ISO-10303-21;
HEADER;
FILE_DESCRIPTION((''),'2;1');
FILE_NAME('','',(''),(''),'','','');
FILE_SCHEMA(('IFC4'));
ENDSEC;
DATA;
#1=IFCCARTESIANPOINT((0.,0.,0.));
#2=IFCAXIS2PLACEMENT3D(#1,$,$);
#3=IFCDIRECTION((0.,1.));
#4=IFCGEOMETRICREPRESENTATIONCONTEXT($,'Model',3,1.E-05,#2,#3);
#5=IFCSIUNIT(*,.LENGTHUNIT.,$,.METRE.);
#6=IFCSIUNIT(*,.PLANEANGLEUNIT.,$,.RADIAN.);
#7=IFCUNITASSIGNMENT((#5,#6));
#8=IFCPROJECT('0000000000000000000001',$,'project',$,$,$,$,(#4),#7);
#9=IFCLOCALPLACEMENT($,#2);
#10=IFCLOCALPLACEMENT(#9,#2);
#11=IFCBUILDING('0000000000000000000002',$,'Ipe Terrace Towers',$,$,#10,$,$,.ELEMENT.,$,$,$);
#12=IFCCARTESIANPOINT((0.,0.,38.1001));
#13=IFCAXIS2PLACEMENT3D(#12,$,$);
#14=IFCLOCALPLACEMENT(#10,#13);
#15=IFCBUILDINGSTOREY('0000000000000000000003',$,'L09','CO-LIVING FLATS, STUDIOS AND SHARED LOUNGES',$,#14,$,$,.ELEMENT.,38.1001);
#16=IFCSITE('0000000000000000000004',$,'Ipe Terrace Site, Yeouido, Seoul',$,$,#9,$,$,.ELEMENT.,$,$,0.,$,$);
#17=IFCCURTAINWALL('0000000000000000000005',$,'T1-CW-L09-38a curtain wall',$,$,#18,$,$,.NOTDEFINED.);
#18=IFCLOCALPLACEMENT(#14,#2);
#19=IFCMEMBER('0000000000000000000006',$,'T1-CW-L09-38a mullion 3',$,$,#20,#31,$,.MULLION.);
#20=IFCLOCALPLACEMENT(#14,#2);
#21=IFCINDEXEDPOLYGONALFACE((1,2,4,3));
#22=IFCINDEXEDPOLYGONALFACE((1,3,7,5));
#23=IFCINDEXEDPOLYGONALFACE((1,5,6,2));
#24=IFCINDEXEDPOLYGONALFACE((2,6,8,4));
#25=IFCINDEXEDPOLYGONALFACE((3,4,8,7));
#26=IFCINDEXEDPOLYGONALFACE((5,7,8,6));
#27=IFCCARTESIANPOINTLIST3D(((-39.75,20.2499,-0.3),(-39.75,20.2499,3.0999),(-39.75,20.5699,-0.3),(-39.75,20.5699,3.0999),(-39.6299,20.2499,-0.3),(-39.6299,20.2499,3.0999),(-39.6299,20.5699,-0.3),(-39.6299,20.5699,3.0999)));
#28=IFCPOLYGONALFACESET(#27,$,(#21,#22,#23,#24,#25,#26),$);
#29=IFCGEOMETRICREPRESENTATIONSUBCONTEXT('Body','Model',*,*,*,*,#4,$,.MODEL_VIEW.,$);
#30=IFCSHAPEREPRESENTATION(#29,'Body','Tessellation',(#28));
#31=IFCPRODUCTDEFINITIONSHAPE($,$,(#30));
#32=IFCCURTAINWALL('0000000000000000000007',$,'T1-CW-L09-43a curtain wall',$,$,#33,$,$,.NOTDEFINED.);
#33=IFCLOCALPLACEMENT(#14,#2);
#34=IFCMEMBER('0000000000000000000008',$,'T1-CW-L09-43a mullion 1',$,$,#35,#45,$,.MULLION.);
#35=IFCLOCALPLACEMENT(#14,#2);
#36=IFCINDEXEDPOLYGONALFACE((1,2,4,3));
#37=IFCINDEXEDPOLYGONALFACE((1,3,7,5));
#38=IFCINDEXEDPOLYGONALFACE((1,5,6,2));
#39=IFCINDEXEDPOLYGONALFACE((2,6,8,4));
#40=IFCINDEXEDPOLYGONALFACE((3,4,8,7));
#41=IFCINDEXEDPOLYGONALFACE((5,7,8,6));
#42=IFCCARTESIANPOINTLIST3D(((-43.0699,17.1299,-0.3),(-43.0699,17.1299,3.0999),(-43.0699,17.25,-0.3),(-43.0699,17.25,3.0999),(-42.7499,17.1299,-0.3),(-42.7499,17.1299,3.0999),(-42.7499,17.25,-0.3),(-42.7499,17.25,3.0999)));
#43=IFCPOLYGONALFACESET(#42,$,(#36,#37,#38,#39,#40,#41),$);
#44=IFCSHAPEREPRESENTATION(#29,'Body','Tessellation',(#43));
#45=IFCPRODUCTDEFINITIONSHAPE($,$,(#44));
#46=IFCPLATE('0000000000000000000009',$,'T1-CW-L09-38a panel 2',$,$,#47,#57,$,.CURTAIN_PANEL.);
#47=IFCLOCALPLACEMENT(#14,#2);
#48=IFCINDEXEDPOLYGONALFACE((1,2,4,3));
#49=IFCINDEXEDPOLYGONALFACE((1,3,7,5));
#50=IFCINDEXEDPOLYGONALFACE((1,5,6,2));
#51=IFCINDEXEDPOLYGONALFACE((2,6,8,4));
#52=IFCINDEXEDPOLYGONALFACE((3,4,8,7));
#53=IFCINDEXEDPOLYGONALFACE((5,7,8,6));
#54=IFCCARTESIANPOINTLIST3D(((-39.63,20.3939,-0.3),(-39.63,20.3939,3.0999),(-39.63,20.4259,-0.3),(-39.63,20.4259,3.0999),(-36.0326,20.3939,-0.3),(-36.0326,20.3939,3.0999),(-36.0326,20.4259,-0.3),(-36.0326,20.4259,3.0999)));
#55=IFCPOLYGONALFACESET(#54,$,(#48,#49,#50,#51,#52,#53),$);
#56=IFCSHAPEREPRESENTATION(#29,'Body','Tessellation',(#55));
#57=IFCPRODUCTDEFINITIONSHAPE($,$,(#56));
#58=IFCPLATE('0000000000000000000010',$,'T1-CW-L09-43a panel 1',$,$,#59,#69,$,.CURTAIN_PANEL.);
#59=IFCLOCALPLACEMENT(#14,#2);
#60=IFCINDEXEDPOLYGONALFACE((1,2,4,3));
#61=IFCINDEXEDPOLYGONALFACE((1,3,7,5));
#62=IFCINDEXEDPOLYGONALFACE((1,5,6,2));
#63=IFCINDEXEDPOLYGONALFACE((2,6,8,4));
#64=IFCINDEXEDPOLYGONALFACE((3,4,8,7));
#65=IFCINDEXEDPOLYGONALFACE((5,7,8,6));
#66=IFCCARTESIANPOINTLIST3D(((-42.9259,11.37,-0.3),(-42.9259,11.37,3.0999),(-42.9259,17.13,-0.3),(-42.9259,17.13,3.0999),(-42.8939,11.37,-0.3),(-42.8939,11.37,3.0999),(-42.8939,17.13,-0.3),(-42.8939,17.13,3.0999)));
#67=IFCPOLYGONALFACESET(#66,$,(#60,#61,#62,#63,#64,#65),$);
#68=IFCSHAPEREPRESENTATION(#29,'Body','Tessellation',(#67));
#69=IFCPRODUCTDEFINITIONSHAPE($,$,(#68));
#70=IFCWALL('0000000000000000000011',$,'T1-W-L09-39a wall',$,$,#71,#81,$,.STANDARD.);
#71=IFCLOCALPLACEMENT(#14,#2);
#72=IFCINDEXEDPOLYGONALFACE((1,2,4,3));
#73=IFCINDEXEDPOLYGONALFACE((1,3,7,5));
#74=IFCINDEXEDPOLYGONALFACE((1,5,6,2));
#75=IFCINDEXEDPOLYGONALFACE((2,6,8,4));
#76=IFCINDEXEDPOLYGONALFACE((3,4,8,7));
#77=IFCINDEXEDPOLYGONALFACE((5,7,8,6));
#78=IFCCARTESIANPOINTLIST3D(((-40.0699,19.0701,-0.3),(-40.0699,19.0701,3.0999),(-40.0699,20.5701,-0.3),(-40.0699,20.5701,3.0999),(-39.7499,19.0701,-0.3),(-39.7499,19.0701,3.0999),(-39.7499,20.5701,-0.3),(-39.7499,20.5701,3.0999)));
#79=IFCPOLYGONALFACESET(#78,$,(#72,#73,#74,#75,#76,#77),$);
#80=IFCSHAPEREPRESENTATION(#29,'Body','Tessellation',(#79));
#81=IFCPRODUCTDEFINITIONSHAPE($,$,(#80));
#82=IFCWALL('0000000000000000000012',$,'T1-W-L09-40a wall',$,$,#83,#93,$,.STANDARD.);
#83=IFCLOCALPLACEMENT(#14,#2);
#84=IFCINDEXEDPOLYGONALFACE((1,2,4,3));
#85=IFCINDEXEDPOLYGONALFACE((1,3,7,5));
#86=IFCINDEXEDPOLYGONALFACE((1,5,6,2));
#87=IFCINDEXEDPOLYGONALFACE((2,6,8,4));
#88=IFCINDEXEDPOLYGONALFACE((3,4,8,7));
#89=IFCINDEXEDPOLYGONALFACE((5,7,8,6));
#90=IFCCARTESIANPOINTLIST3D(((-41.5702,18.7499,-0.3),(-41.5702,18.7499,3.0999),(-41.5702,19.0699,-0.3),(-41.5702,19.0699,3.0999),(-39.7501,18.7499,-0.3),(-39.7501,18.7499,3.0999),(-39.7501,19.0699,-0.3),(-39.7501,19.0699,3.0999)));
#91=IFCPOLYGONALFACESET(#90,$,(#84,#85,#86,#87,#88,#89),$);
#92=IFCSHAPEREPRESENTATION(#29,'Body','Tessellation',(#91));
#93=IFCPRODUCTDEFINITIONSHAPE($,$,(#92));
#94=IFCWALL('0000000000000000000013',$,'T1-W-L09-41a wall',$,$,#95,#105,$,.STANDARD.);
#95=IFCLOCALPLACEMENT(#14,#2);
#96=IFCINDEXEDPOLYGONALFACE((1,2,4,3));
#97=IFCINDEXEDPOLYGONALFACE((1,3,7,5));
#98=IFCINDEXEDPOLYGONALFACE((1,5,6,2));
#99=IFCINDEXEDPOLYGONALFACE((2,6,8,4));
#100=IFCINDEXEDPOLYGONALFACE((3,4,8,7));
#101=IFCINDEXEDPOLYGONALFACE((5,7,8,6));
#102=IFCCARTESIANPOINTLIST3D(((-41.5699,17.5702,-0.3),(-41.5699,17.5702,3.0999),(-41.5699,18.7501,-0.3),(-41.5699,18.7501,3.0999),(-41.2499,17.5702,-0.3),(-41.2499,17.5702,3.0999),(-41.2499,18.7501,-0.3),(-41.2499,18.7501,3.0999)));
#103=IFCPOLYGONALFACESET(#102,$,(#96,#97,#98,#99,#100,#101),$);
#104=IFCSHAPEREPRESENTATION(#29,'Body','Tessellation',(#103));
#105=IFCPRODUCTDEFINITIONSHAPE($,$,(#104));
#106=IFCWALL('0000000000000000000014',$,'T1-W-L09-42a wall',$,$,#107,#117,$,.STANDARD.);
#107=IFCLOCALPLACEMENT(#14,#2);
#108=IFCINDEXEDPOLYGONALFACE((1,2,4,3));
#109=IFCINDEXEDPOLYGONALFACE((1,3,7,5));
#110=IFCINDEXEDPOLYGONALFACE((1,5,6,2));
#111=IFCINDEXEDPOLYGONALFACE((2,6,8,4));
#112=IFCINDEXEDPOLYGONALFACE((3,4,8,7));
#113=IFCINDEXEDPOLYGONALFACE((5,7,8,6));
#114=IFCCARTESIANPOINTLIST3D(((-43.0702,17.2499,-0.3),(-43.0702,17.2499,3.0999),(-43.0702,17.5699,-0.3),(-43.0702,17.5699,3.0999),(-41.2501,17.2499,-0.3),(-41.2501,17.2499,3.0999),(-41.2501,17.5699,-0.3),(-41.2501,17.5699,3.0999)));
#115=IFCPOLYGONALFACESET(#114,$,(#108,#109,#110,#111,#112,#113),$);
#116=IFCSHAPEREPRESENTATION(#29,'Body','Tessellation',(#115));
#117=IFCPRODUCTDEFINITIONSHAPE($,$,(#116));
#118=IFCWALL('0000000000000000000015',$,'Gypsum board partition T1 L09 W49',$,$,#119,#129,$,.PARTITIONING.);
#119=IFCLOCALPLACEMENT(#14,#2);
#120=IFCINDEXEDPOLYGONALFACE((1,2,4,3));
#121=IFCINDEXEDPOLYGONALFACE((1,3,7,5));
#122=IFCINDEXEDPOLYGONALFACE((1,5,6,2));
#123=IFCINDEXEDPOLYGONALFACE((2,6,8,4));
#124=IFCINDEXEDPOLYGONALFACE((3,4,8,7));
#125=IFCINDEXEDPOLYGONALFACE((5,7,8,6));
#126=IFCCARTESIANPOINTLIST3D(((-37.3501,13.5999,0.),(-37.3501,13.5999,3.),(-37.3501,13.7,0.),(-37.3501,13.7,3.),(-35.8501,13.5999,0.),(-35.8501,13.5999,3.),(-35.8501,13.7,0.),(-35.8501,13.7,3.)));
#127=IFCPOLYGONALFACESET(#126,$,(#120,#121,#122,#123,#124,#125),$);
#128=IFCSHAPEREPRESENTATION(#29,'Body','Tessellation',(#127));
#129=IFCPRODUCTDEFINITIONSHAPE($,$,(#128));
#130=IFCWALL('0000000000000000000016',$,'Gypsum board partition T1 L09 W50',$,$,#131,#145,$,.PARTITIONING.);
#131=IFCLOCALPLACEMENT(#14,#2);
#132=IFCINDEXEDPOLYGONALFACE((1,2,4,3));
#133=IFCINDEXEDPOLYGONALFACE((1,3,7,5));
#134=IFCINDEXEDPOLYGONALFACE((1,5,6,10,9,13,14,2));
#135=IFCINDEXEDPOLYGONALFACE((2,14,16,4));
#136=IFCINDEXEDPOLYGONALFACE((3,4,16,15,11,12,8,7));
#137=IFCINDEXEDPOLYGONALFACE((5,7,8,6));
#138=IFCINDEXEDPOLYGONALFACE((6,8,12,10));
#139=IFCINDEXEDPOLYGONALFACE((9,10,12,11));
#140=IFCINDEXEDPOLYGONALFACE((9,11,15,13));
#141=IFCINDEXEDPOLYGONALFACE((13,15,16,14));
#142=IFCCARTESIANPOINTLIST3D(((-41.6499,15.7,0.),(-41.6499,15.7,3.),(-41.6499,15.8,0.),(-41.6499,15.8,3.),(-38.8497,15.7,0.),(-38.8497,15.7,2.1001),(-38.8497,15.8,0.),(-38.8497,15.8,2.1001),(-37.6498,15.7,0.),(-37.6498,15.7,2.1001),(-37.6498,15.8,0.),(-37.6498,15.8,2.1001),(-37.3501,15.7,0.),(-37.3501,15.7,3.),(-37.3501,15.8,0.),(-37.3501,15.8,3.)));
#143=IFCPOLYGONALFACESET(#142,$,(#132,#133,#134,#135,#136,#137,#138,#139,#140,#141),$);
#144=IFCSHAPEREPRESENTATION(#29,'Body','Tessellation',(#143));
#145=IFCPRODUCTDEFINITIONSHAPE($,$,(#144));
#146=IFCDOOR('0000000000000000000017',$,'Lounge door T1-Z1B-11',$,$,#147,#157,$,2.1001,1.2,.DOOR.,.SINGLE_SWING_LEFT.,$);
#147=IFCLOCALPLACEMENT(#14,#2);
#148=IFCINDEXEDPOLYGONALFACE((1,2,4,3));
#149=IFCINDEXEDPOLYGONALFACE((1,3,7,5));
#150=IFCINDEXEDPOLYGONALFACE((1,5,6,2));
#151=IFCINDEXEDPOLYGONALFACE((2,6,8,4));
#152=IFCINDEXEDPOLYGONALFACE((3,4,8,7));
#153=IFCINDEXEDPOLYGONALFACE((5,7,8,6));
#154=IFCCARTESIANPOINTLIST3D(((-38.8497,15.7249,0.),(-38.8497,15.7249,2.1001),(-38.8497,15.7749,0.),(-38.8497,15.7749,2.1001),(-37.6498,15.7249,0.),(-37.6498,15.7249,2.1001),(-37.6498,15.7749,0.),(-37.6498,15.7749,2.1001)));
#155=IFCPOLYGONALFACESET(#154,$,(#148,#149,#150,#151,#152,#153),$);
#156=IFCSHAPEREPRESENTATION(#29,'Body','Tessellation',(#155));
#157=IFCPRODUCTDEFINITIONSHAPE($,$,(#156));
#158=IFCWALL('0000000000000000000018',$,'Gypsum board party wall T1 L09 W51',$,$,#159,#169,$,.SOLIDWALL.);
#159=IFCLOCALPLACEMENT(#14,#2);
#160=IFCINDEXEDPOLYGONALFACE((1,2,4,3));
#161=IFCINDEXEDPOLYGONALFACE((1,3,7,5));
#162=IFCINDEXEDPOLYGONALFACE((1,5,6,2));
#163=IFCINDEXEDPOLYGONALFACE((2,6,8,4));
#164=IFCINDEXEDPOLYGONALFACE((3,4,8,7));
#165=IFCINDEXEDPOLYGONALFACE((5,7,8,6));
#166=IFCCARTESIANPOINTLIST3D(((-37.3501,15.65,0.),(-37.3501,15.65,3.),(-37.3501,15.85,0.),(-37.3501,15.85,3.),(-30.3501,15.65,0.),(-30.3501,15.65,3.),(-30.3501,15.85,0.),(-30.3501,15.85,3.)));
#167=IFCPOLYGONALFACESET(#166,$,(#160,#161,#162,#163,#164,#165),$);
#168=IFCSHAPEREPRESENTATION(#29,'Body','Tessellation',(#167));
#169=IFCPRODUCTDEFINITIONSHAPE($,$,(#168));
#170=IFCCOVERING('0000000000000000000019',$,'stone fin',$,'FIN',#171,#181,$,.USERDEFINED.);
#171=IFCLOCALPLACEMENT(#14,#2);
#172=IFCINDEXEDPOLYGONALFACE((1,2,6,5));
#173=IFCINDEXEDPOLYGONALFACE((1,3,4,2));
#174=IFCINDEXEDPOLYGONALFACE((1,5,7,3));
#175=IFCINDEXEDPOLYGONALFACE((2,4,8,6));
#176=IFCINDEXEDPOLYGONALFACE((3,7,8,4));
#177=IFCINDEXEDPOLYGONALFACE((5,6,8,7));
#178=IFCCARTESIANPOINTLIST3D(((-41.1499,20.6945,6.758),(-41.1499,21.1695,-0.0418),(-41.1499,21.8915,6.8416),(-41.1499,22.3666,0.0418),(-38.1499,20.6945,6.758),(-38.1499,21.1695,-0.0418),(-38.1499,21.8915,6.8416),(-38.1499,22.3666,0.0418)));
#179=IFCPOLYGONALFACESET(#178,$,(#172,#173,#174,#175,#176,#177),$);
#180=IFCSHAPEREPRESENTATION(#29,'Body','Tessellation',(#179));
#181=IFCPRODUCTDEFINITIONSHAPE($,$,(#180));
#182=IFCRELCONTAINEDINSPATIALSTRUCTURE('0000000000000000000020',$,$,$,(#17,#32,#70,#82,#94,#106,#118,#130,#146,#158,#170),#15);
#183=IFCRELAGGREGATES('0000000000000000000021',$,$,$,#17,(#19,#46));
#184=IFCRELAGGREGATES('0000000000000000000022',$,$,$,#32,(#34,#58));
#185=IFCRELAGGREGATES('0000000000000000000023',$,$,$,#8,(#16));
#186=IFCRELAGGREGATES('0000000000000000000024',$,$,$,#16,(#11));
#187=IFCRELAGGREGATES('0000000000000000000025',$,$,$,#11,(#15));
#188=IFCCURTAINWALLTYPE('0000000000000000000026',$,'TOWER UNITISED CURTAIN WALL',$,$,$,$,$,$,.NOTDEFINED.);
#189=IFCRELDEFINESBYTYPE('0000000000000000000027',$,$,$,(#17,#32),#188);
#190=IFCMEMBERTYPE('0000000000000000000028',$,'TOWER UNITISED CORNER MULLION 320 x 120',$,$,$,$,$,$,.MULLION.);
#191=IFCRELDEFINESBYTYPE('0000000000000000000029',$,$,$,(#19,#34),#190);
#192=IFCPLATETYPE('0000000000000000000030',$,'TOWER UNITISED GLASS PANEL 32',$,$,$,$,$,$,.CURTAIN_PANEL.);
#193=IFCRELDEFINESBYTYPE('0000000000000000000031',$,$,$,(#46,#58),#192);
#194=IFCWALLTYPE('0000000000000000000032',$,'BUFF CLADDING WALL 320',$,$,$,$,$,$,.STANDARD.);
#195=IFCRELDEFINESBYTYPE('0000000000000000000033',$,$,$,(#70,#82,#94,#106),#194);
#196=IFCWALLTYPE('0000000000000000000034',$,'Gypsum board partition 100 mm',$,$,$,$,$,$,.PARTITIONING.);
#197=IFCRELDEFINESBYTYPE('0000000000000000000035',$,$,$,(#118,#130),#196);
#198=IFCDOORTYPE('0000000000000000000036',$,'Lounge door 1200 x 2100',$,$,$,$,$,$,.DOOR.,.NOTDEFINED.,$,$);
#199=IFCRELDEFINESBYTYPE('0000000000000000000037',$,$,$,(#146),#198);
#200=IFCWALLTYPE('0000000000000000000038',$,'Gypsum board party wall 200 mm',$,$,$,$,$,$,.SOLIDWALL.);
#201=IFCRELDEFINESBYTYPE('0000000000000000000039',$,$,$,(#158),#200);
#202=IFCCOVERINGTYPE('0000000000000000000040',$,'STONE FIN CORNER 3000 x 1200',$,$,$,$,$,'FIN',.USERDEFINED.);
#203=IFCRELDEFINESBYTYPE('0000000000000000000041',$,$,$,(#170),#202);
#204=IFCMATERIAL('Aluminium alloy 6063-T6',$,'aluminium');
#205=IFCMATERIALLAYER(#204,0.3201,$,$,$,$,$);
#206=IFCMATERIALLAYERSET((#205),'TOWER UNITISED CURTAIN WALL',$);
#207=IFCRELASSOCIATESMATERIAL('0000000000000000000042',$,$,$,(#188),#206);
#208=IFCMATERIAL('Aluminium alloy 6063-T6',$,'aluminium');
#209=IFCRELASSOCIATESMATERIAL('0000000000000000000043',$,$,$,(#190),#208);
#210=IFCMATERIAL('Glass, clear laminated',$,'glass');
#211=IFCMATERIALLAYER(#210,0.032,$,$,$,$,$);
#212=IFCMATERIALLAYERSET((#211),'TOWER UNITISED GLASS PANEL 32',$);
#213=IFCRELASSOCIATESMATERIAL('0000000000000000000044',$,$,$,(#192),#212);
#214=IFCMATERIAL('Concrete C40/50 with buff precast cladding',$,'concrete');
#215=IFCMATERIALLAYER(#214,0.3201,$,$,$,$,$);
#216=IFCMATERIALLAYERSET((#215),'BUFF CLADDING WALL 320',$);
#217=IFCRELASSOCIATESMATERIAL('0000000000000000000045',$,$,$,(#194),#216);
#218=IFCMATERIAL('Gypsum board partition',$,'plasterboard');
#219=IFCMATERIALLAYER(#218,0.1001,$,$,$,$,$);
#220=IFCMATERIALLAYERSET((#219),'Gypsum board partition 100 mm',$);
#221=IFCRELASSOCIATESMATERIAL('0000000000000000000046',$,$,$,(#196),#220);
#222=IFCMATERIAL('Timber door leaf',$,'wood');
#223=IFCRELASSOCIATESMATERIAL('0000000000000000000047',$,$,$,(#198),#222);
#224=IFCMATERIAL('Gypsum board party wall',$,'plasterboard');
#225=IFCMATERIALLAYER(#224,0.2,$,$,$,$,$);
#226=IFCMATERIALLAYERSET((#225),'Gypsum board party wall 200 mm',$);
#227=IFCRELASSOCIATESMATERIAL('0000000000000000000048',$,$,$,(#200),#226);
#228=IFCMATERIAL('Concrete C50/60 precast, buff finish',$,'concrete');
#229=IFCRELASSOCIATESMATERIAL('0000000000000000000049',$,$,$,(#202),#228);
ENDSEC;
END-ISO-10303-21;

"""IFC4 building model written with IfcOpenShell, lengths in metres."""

from ifc_helpers import new_model, si_unit, direction, frame, frame_2d, origin, origin_2d, place, context, subcontext, project, spatial, rectangle, extrude, material, layer, layer_set, material_profile, profile_set, type_object, element, fill, aggregate, save


model = new_model("IFC4")

# Units and contexts
model_context = context("Model", 3, precision=1e-05, world=origin(), true_north=direction((0.0, 1.0)))
body_context = subcontext(model_context, "Body", "Model", "MODEL_VIEW")
ifc_project = project(units=[si_unit("LENGTHUNIT", "METRE"), si_unit("PLANEANGLEUNIT", "RADIAN")], contexts=[model_context])

# Site, building, storey
site_placement = place(None, origin())
site = spatial("IfcSite", under=ifc_project, at=site_placement, Name="Ipe Terrace Site, Yeouido, Seoul", CompositionType="ELEMENT", RefElevation=0.0)
building_placement = place(site_placement, origin())
building = spatial("IfcBuilding", under=site, at=building_placement, Name="Ipe Terrace Towers", CompositionType="ELEMENT")
storey_placement = place(building_placement, frame((0.0, 0.0, 38.1001)))
storey = spatial("IfcBuildingStorey", under=building, at=storey_placement, Name="L09", Description="CO-LIVING FLATS, STUDIOS AND SHARED LOUNGES", CompositionType="ELEMENT", Elevation=38.1001)

# Curtain walls, members
ifc_material_1 = material(Name="Aluminium alloy 6063-T6", Category="aluminium")
ifc_layer_1 = layer(ifc_material_1, 0.3201)
ifc_layer_set_1 = layer_set([ifc_layer_1], Name="TOWER UNITISED CURTAIN WALL")
curtain_wall_type = type_object("IfcCurtainWallType", Name="TOWER UNITISED CURTAIN WALL", PredefinedType="NOTDEFINED", material=ifc_layer_set_1)
curtain_wall_1_placement = place(storey_placement, origin())
curtain_wall_1 = element("IfcCurtainWall", 1, at=curtain_wall_1_placement, inside=storey, type_object=curtain_wall_type, Name="T1-CW-L09-38a curtain wall", PredefinedType="NOTDEFINED")
ifc_material_2 = material(Name="Aluminium alloy 6063-T6", Category="aluminium")
ifc_material_profile_1 = material_profile(ifc_material_2, rectangle(XDim=0.3201, YDim=0.1201, at=origin_2d()), Name="TOWER UNITISED CORNER MULLION 320 x 120")
ifc_profile_set_1 = profile_set([ifc_material_profile_1], Name="Aluminium alloy 6063-T6")
member_type = type_object("IfcMemberType", Name="TOWER UNITISED CORNER MULLION 320 x 120", PredefinedType="MULLION", material=ifc_profile_set_1)
member_1_placement = place(storey_placement, frame((-39.6899, 20.4099, -0.3), z_axis=(0.0, 0.0, 1.0), x_axis=(0.0, 1.0, 0.0)))
member_1 = element("IfcMember", 2, at=member_1_placement, type_object=member_type, Name="T1-CW-L09-38a mullion 3", PredefinedType="MULLION", context=body_context, shape_type="SweptSolid", body=[
    extrude(rectangle(XDim=0.3201, YDim=0.1201, at=origin_2d()), origin(), (0.0, 0.0, 1.0), 3.3999),
])
curtain_wall_2_placement = place(storey_placement, origin())
curtain_wall_2 = element("IfcCurtainWall", 3, at=curtain_wall_2_placement, inside=storey, type_object=curtain_wall_type, Name="T1-CW-L09-43a curtain wall", PredefinedType="NOTDEFINED")
member_2_placement = place(storey_placement, frame((-42.9099, 17.1899, -0.3), z_axis=(0.0, 0.0, 1.0), x_axis=(-1.0, 0.0, 0.0)))
member_2 = element("IfcMember", 4, at=member_2_placement, type_object=member_type, Name="T1-CW-L09-43a mullion 1", PredefinedType="MULLION", context=body_context, shape_type="SweptSolid", body=[
    extrude(rectangle(XDim=0.3201, YDim=0.1201, at=origin_2d()), origin(), (0.0, 0.0, 1.0), 3.3999),
])

# Plates
ifc_material_3 = material(Name="Glass, clear laminated", Category="glass")
ifc_layer_2 = layer(ifc_material_3, 0.032)
ifc_layer_set_2 = layer_set([ifc_layer_2], Name="TOWER UNITISED GLASS PANEL 32")
plate_type = type_object("IfcPlateType", Name="TOWER UNITISED GLASS PANEL 32", PredefinedType="CURTAIN_PANEL", material=ifc_layer_set_2)
plate_1_placement = place(storey_placement, frame((-37.8313, 20.4099, -0.3), z_axis=(0.0, 0.0, 1.0), x_axis=(-1.0, 0.0, 0.0)))
plate_1 = element("IfcPlate", 5, at=plate_1_placement, type_object=plate_type, Name="T1-CW-L09-38a panel 2", PredefinedType="CURTAIN_PANEL", context=body_context, shape_type="SweptSolid", body=[
    extrude(rectangle(XDim=3.5974, YDim=0.032, at=origin_2d()), origin(), (0.0, 0.0, 1.0), 3.3999),
])
aggregate(curtain_wall_1, [member_1, plate_1])
plate_2_placement = place(storey_placement, frame((-42.9099, 14.25, -0.3), z_axis=(0.0, 0.0, 1.0), x_axis=(0.0, -1.0, 0.0)))
plate_2 = element("IfcPlate", 6, at=plate_2_placement, type_object=plate_type, Name="T1-CW-L09-43a panel 1", PredefinedType="CURTAIN_PANEL", context=body_context, shape_type="SweptSolid", body=[
    extrude(rectangle(XDim=5.76, YDim=0.032, at=origin_2d()), origin(), (0.0, 0.0, 1.0), 3.3999),
])
aggregate(curtain_wall_2, [member_2, plate_2])

# Walls
ifc_material_4 = material(Name="Concrete C40/50 with buff precast cladding", Category="concrete")
ifc_layer_3 = layer(ifc_material_4, 0.3201)
ifc_layer_set_3 = layer_set([ifc_layer_3], Name="BUFF CLADDING WALL 320")
wall_type_1 = type_object("IfcWallType", Name="BUFF CLADDING WALL 320", PredefinedType="STANDARD", material=ifc_layer_set_3)
wall_1_placement = place(storey_placement, frame((-39.9099, 20.5701, -0.3), z_axis=(0.0, 0.0, 1.0), x_axis=(0.0, -1.0, 0.0)))
element("IfcWall", 7, at=wall_1_placement, inside=storey, type_object=wall_type_1, Name="T1-W-L09-39a wall", PredefinedType="STANDARD", context=body_context, shape_type="SweptSolid", body=[
    extrude(rectangle(XDim=1.5, YDim=0.3201, at=frame_2d((0.75, 0.0))), origin(), (0.0, 0.0, 1.0), 3.3999),
])
wall_2_placement = place(storey_placement, frame((-39.75, 18.9099, -0.3), z_axis=(0.0, 0.0, 1.0), x_axis=(-1.0, 0.0, 0.0)))
element("IfcWall", 8, at=wall_2_placement, inside=storey, type_object=wall_type_1, Name="T1-W-L09-40a wall", PredefinedType="STANDARD", context=body_context, shape_type="SweptSolid", body=[
    extrude(rectangle(XDim=1.8201, YDim=0.3201, at=frame_2d((0.9102, 0.0))), origin(), (0.0, 0.0, 1.0), 3.3999),
])
wall_3_placement = place(storey_placement, frame((-41.4099, 18.75, -0.3), z_axis=(0.0, 0.0, 1.0), x_axis=(0.0, -1.0, 0.0)))
element("IfcWall", 9, at=wall_3_placement, inside=storey, type_object=wall_type_1, Name="T1-W-L09-41a wall", PredefinedType="STANDARD", context=body_context, shape_type="SweptSolid", body=[
    extrude(rectangle(XDim=1.1799, YDim=0.3201, at=frame_2d((0.5898, 0.0))), origin(), (0.0, 0.0, 1.0), 3.3999),
])
wall_4_placement = place(storey_placement, frame((-41.25, 17.4099, -0.3), z_axis=(0.0, 0.0, 1.0), x_axis=(-1.0, 0.0, 0.0)))
element("IfcWall", 10, at=wall_4_placement, inside=storey, type_object=wall_type_1, Name="T1-W-L09-42a wall", PredefinedType="STANDARD", context=body_context, shape_type="SweptSolid", body=[
    extrude(rectangle(XDim=1.8201, YDim=0.3201, at=frame_2d((0.9102, 0.0))), origin(), (0.0, 0.0, 1.0), 3.3999),
])
ifc_material_5 = material(Name="Gypsum board partition", Category="plasterboard")
ifc_layer_4 = layer(ifc_material_5, 0.1001)
ifc_layer_set_4 = layer_set([ifc_layer_4], Name="Gypsum board partition 100 mm")
wall_type_2 = type_object("IfcWallType", Name="Gypsum board partition 100 mm", PredefinedType="PARTITIONING", material=ifc_layer_set_4)
wall_5_placement = place(storey_placement, frame((-37.3501, 13.6499, 0.0), z_axis=(0.0, 0.0, 1.0), x_axis=(1.0, 0.0, 0.0)))
element("IfcWall", 11, at=wall_5_placement, inside=storey, type_object=wall_type_2, Name="Gypsum board partition T1 L09 W49", PredefinedType="PARTITIONING", context=body_context, shape_type="SweptSolid", body=[
    extrude(rectangle(XDim=1.5, YDim=0.1001, at=frame_2d((0.75, 0.0))), origin(), (0.0, 0.0, 1.0), 3.0),
])

# Wall, opening, door
wall_6_placement = place(storey_placement, frame((-41.6499, 15.75, 0.0), z_axis=(0.0, 0.0, 1.0), x_axis=(1.0, 0.0, 0.0)))
wall_6 = element("IfcWall", 12, at=wall_6_placement, inside=storey, type_object=wall_type_2, Name="Gypsum board partition T1 L09 W50", PredefinedType="PARTITIONING", context=body_context, shape_type="SweptSolid", body=[
    extrude(rectangle(XDim=4.2998, YDim=0.1001, at=frame_2d((2.1499, 0.0))), origin(), (0.0, 0.0, 1.0), 3.0),
])
opening_placement = place(wall_6_placement, frame((2.8, 0.0, 0.0)))
opening = element("IfcOpeningElement", 13, at=opening_placement, cuts=wall_6, PredefinedType="OPENING", context=body_context, shape_type="SweptSolid", body=[
    extrude(rectangle(XDim=1.2, YDim=2.1001, at=frame_2d((0.6001, 1.05))), frame((0.0, 0.0601, 0.0), z_axis=(0.0, -1.0, 0.0), x_axis=(1.0, 0.0, 0.0)), (0.0, 0.0, 1.0), 0.1201),
])
ifc_material_6 = material(Name="Timber door leaf", Category="wood")
door_type = type_object("IfcDoorType", Name="Lounge door 1200 x 2100", OperationType="NOTDEFINED", PredefinedType="DOOR", material=ifc_material_6)
door_placement = place(opening_placement, origin())
door = element("IfcDoor", 14, at=door_placement, inside=storey, type_object=door_type, Name="Lounge door T1-Z1B-11", OperationType="SINGLE_SWING_LEFT", OverallHeight=2.1001, OverallWidth=1.2, PredefinedType="DOOR", context=body_context, shape_type="SweptSolid", body=[
    extrude(rectangle(XDim=1.2, YDim=2.1001, at=frame_2d((0.6001, 1.05))), frame((0.0, 0.0249, 0.0), z_axis=(0.0, -1.0, 0.0), x_axis=(1.0, 0.0, 0.0)), (0.0, 0.0, 1.0), 0.05),
])
fill(opening, door)

# Wall
ifc_material_7 = material(Name="Gypsum board party wall", Category="plasterboard")
ifc_layer_5 = layer(ifc_material_7, 0.2)
ifc_layer_set_5 = layer_set([ifc_layer_5], Name="Gypsum board party wall 200 mm")
wall_type_3 = type_object("IfcWallType", Name="Gypsum board party wall 200 mm", PredefinedType="SOLIDWALL", material=ifc_layer_set_5)
wall_7_placement = place(storey_placement, frame((-37.3501, 15.75, 0.0), z_axis=(0.0, 0.0, 1.0), x_axis=(1.0, 0.0, 0.0)))
element("IfcWall", 15, at=wall_7_placement, inside=storey, type_object=wall_type_3, Name="Gypsum board party wall T1 L09 W51", PredefinedType="SOLIDWALL", context=body_context, shape_type="SweptSolid", body=[
    extrude(rectangle(XDim=7.0, YDim=0.2, at=frame_2d((3.5, 0.0))), origin(), (0.0, 0.0, 1.0), 3.0),
])

# Covering
ifc_material_8 = material(Name="Concrete C50/60 precast, buff finish", Category="concrete")
ifc_material_profile_2 = material_profile(ifc_material_8, rectangle(XDim=3.0, YDim=1.2, at=origin_2d()), Name="STONE FIN CORNER 3000 x 1200")
ifc_profile_set_2 = profile_set([ifc_material_profile_2], Name="Concrete C50/60 precast, buff finish")
covering_type_1 = type_object("IfcCoveringType", Name="STONE FIN CORNER 3000 x 1200", ElementType="FIN", PredefinedType="USERDEFINED", material=ifc_profile_set_2)
for number, where, z_axis, x_axis, name in (
    (16, (-39.6499, 21.7681, 0.0), (0.0, -0.069699, 0.997568), (-1.0, 0.0, 0.0), "stone fin"),
):
    element("IfcCovering", number, at=place(storey_placement, frame(where, z_axis=z_axis, x_axis=x_axis)), inside=storey, type_object=covering_type_1, Name=name, ObjectType="FIN", PredefinedType="USERDEFINED", context=body_context, shape_type="SweptSolid", body=[
        extrude(rectangle(XDim=3.0, YDim=1.2, at=origin_2d()), origin(), (0.0, 0.0, 1.0), 6.8164),
    ])

save(model, "model.ifc")
